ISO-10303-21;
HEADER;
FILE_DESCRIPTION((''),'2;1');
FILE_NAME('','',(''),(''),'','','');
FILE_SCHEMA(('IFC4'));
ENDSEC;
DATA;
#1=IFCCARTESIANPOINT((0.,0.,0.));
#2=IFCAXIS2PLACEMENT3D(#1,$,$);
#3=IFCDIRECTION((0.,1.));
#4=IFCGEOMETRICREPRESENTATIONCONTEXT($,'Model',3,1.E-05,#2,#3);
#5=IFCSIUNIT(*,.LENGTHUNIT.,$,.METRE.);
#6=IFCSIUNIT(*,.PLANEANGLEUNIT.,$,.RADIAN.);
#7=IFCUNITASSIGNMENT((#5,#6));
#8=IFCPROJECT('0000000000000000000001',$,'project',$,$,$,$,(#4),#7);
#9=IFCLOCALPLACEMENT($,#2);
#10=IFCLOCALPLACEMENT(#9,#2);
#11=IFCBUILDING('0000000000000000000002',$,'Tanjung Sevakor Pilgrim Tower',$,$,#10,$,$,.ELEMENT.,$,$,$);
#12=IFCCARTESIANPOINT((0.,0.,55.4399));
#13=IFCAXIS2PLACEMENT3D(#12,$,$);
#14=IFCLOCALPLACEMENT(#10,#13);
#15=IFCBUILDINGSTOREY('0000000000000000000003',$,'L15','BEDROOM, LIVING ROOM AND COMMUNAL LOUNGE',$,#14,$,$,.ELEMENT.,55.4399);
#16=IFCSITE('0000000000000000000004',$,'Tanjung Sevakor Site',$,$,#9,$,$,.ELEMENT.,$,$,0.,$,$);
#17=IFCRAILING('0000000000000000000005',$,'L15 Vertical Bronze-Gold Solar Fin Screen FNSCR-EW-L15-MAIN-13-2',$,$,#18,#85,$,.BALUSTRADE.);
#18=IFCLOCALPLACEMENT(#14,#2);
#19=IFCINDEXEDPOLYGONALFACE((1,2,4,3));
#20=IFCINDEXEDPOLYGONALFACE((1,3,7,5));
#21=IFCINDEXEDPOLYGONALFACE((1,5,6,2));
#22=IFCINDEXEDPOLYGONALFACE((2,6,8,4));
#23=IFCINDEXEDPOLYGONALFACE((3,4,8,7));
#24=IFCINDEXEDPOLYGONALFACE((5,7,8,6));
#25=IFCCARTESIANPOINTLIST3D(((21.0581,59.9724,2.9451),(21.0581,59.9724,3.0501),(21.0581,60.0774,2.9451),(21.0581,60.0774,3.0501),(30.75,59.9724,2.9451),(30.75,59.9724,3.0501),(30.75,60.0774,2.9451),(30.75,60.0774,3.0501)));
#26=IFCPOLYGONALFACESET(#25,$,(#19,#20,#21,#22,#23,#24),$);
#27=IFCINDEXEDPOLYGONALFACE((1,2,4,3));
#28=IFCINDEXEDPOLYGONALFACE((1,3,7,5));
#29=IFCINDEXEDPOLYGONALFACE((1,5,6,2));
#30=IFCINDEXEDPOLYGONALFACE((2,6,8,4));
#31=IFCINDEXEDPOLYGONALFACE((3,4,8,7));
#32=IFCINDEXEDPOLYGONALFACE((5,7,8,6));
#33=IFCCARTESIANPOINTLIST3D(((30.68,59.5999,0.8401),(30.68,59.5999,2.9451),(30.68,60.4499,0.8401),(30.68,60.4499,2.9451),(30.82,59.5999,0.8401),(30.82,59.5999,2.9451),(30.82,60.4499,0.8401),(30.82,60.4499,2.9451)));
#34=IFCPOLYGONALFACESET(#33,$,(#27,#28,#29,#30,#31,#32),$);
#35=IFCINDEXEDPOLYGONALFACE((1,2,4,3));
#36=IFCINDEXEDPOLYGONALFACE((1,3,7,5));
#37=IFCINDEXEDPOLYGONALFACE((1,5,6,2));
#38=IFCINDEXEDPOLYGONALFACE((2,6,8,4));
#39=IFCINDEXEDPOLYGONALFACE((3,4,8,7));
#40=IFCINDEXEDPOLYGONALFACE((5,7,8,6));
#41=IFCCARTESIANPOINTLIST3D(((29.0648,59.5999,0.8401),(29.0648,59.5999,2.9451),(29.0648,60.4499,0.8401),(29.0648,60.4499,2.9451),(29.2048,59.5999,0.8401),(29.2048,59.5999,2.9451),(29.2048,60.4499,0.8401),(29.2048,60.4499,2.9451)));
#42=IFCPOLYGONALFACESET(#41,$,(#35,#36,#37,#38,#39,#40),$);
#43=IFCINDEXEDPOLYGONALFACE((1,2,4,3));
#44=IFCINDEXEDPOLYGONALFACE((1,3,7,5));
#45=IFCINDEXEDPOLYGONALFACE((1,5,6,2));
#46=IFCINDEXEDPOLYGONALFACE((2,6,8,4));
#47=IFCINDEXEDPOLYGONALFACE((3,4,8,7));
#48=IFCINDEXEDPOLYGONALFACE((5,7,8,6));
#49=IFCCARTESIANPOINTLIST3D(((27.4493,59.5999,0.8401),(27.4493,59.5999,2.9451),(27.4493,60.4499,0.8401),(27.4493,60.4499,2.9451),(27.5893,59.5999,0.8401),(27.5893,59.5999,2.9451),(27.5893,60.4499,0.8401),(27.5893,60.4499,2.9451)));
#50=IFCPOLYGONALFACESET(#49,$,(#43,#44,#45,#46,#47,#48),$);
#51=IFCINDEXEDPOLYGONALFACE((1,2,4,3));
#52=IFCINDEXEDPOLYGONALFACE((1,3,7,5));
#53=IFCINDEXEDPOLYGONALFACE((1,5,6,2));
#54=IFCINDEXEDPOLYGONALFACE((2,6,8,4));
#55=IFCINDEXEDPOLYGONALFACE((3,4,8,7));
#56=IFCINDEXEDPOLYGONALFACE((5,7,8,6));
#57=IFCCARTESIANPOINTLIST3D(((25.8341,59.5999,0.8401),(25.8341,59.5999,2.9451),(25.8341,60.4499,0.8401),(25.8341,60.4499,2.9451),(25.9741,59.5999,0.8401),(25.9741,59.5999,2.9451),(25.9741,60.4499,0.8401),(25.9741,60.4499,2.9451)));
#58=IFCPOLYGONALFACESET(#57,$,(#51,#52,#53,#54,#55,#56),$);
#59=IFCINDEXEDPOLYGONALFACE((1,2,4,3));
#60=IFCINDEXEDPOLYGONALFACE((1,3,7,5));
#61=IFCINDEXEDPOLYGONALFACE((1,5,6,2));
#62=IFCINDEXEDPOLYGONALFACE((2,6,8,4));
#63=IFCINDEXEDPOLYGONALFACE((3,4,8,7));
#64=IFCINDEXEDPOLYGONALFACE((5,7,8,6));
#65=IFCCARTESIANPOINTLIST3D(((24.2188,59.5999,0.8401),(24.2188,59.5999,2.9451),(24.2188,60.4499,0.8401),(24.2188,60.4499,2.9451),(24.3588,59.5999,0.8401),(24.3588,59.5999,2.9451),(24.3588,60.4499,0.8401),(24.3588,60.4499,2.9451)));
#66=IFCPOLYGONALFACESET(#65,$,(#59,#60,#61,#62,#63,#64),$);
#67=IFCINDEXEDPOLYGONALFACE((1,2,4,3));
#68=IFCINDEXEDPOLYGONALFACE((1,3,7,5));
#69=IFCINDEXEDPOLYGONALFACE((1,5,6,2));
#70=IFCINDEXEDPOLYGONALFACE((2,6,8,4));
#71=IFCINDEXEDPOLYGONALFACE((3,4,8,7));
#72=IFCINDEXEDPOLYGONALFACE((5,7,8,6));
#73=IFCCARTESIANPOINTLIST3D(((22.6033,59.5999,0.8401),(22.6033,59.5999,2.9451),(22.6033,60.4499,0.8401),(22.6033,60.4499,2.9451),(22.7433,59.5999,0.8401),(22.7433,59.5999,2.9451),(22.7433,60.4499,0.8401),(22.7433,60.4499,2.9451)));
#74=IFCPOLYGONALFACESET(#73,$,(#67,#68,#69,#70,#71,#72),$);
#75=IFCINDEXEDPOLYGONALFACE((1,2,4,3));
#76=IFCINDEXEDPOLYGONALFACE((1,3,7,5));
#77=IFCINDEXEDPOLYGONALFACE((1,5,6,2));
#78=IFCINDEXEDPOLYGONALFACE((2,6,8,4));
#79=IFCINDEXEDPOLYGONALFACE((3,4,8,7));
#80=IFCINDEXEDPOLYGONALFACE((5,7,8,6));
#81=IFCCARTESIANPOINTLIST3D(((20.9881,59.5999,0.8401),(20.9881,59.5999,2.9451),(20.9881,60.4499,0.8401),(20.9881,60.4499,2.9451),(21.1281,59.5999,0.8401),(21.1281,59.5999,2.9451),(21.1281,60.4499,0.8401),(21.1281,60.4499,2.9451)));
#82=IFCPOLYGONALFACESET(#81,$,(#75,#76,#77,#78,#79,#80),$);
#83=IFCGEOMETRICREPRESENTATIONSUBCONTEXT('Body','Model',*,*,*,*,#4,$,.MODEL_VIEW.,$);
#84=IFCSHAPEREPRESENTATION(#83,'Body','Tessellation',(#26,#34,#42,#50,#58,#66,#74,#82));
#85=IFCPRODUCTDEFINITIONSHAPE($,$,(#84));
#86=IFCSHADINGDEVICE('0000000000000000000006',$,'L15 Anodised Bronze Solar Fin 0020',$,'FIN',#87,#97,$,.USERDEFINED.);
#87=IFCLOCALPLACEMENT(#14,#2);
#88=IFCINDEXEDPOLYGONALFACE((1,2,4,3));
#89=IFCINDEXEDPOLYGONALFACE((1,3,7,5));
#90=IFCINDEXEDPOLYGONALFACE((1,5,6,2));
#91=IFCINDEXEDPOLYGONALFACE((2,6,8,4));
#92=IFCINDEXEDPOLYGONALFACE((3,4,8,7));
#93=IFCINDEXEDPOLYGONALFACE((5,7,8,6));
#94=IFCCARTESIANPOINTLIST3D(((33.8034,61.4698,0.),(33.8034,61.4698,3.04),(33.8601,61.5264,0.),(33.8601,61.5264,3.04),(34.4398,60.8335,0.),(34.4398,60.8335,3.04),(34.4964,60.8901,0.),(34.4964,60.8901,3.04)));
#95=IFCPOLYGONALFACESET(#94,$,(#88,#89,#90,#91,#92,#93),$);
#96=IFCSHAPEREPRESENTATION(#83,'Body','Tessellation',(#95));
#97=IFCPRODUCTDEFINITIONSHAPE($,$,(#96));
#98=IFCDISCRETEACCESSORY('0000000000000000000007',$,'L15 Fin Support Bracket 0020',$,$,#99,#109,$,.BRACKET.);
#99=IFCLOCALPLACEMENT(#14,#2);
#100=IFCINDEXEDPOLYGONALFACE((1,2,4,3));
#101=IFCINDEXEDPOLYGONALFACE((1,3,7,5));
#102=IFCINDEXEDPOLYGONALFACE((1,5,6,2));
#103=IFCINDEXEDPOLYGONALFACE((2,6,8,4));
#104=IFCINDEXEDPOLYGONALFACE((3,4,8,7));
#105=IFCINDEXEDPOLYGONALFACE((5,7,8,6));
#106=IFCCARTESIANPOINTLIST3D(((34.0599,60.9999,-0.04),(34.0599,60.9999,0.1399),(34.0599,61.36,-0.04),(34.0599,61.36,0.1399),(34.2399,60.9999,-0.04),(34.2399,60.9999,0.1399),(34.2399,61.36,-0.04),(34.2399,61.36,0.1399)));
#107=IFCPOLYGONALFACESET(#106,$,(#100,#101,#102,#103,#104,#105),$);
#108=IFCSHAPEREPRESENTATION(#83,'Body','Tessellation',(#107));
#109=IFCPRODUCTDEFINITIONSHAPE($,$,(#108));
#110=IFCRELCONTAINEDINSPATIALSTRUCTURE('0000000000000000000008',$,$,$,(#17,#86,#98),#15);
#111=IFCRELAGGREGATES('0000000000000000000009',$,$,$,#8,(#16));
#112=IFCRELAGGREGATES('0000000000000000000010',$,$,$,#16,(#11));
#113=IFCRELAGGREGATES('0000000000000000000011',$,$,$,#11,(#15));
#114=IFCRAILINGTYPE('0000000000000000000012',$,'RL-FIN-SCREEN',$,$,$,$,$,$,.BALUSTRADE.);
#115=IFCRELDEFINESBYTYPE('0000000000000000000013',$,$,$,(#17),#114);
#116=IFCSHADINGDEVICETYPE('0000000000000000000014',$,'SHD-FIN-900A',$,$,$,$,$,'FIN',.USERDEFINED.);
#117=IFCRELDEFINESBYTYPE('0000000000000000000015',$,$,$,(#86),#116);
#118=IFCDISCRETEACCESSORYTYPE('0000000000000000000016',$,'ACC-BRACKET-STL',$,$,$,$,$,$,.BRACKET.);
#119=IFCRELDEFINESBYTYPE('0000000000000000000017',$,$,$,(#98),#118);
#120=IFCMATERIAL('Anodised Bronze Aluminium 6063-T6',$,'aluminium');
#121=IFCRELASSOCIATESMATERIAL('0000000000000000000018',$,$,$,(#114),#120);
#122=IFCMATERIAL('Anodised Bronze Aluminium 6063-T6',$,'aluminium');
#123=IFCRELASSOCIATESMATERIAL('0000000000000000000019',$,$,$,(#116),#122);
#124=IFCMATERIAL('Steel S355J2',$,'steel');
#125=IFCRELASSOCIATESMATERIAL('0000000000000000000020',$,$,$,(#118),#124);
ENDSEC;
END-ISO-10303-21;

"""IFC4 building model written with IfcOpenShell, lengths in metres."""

from ifc_helpers import new_model, si_unit, direction, frame, origin, origin_2d, place, context, subcontext, project, spatial, rectangle, extrude, material, type_object, element, save


model = new_model("IFC4")

# Units and contexts
model_context = context("Model", 3, precision=1e-05, world=origin(), true_north=direction((0.0, 1.0)))
body_context = subcontext(model_context, "Body", "Model", "MODEL_VIEW")
ifc_project = project(units=[si_unit("LENGTHUNIT", "METRE"), si_unit("PLANEANGLEUNIT", "RADIAN")], contexts=[model_context])

# Site, building, storey
site_placement = place(None, origin())
site = spatial("IfcSite", under=ifc_project, at=site_placement, Name="Tanjung Sevakor Site", CompositionType="ELEMENT", RefElevation=0.0)
building_placement = place(site_placement, origin())
building = spatial("IfcBuilding", under=site, at=building_placement, Name="Tanjung Sevakor Pilgrim Tower", CompositionType="ELEMENT")
storey_placement = place(building_placement, frame((0.0, 0.0, 55.4399)))
storey = spatial("IfcBuildingStorey", under=building, at=storey_placement, Name="L15", Description="BEDROOM, LIVING ROOM AND COMMUNAL LOUNGE", CompositionType="ELEMENT", Elevation=55.4399)

# Railing
ifc_material_1 = material(Name="Anodised Bronze Aluminium 6063-T6", Category="aluminium")
railing_type = type_object("IfcRailingType", Name="RL-FIN-SCREEN", PredefinedType="BALUSTRADE", material=ifc_material_1)
railing_1_placement = place(storey_placement, frame((30.75, 60.0249, 0.8401)))
element("IfcRailing", 1, at=railing_1_placement, inside=storey, type_object=railing_type, Name="L15 Vertical Bronze-Gold Solar Fin Screen FNSCR-EW-L15-MAIN-13-2", PredefinedType="BALUSTRADE", context=body_context, shape_type="SweptSolid", body=[
    extrude(rectangle(XDim=0.105, YDim=0.105), frame((0.0, 0.0, 2.1575), z_axis=(-1.0, 0.0, 0.0), x_axis=(0.0, -1.0, 0.0)), (0.0, 0.0, 1.0), 9.6919),
    extrude(rectangle(XDim=0.14, YDim=0.85), origin(), (0.0, 0.0, 1.0), 2.105),
    extrude(rectangle(XDim=0.14, YDim=0.85), frame((-1.6152, 0.0, 0.0)), (0.0, 0.0, 1.0), 2.105),
    extrude(rectangle(XDim=0.14, YDim=0.85), frame((-3.2307, 0.0, 0.0)), (0.0, 0.0, 1.0), 2.105),
    extrude(rectangle(XDim=0.14, YDim=0.85), frame((-4.8459, 0.0, 0.0)), (0.0, 0.0, 1.0), 2.105),
    extrude(rectangle(XDim=0.14, YDim=0.85), frame((-6.4612, 0.0, 0.0)), (0.0, 0.0, 1.0), 2.105),
    extrude(rectangle(XDim=0.14, YDim=0.85), frame((-8.0767, 0.0, 0.0)), (0.0, 0.0, 1.0), 2.105),
    extrude(rectangle(XDim=0.14, YDim=0.85), frame((-9.6919, 0.0, 0.0)), (0.0, 0.0, 1.0), 2.105),
])

# Shading device
ifc_material_2 = material(Name="Anodised Bronze Aluminium 6063-T6", Category="aluminium")
shading_device_type = type_object("IfcShadingDeviceType", Name="SHD-FIN-900A", ElementType="FIN", PredefinedType="USERDEFINED", material=ifc_material_2)
shading_device_placement = place(storey_placement, frame((34.1499, 61.1799, 0.0), z_axis=(0.0, 0.0, 1.0), x_axis=(0.707107, 0.707107, 0.0)))
element("IfcShadingDevice", 2, at=shading_device_placement, inside=storey, type_object=shading_device_type, Name="L15 Anodised Bronze Solar Fin 0020", ObjectType="FIN", PredefinedType="USERDEFINED", context=body_context, shape_type="SweptSolid", body=[
    extrude(rectangle(XDim=0.0801, YDim=0.8999, at=origin_2d()), origin(), (0.0, 0.0, 1.0), 3.04),
])

# Discrete accessory
ifc_material_3 = material(Name="Steel S355J2", Category="steel")
discrete_accessory_type = type_object("IfcDiscreteAccessoryType", Name="ACC-BRACKET-STL", PredefinedType="BRACKET", material=ifc_material_3)
discrete_accessory_placement = place(storey_placement, frame((34.1499, 61.1799, -0.04), z_axis=(0.0, 0.0, 1.0), x_axis=(1.0, 0.0, 0.0)))
element("IfcDiscreteAccessory", 3, at=discrete_accessory_placement, inside=storey, type_object=discrete_accessory_type, Name="L15 Fin Support Bracket 0020", PredefinedType="BRACKET", context=body_context, shape_type="SweptSolid", body=[
    extrude(rectangle(XDim=0.1799, YDim=0.3601, at=origin_2d()), origin(), (0.0, 0.0, 1.0), 0.1799),
])

save(model, "model.ifc")
